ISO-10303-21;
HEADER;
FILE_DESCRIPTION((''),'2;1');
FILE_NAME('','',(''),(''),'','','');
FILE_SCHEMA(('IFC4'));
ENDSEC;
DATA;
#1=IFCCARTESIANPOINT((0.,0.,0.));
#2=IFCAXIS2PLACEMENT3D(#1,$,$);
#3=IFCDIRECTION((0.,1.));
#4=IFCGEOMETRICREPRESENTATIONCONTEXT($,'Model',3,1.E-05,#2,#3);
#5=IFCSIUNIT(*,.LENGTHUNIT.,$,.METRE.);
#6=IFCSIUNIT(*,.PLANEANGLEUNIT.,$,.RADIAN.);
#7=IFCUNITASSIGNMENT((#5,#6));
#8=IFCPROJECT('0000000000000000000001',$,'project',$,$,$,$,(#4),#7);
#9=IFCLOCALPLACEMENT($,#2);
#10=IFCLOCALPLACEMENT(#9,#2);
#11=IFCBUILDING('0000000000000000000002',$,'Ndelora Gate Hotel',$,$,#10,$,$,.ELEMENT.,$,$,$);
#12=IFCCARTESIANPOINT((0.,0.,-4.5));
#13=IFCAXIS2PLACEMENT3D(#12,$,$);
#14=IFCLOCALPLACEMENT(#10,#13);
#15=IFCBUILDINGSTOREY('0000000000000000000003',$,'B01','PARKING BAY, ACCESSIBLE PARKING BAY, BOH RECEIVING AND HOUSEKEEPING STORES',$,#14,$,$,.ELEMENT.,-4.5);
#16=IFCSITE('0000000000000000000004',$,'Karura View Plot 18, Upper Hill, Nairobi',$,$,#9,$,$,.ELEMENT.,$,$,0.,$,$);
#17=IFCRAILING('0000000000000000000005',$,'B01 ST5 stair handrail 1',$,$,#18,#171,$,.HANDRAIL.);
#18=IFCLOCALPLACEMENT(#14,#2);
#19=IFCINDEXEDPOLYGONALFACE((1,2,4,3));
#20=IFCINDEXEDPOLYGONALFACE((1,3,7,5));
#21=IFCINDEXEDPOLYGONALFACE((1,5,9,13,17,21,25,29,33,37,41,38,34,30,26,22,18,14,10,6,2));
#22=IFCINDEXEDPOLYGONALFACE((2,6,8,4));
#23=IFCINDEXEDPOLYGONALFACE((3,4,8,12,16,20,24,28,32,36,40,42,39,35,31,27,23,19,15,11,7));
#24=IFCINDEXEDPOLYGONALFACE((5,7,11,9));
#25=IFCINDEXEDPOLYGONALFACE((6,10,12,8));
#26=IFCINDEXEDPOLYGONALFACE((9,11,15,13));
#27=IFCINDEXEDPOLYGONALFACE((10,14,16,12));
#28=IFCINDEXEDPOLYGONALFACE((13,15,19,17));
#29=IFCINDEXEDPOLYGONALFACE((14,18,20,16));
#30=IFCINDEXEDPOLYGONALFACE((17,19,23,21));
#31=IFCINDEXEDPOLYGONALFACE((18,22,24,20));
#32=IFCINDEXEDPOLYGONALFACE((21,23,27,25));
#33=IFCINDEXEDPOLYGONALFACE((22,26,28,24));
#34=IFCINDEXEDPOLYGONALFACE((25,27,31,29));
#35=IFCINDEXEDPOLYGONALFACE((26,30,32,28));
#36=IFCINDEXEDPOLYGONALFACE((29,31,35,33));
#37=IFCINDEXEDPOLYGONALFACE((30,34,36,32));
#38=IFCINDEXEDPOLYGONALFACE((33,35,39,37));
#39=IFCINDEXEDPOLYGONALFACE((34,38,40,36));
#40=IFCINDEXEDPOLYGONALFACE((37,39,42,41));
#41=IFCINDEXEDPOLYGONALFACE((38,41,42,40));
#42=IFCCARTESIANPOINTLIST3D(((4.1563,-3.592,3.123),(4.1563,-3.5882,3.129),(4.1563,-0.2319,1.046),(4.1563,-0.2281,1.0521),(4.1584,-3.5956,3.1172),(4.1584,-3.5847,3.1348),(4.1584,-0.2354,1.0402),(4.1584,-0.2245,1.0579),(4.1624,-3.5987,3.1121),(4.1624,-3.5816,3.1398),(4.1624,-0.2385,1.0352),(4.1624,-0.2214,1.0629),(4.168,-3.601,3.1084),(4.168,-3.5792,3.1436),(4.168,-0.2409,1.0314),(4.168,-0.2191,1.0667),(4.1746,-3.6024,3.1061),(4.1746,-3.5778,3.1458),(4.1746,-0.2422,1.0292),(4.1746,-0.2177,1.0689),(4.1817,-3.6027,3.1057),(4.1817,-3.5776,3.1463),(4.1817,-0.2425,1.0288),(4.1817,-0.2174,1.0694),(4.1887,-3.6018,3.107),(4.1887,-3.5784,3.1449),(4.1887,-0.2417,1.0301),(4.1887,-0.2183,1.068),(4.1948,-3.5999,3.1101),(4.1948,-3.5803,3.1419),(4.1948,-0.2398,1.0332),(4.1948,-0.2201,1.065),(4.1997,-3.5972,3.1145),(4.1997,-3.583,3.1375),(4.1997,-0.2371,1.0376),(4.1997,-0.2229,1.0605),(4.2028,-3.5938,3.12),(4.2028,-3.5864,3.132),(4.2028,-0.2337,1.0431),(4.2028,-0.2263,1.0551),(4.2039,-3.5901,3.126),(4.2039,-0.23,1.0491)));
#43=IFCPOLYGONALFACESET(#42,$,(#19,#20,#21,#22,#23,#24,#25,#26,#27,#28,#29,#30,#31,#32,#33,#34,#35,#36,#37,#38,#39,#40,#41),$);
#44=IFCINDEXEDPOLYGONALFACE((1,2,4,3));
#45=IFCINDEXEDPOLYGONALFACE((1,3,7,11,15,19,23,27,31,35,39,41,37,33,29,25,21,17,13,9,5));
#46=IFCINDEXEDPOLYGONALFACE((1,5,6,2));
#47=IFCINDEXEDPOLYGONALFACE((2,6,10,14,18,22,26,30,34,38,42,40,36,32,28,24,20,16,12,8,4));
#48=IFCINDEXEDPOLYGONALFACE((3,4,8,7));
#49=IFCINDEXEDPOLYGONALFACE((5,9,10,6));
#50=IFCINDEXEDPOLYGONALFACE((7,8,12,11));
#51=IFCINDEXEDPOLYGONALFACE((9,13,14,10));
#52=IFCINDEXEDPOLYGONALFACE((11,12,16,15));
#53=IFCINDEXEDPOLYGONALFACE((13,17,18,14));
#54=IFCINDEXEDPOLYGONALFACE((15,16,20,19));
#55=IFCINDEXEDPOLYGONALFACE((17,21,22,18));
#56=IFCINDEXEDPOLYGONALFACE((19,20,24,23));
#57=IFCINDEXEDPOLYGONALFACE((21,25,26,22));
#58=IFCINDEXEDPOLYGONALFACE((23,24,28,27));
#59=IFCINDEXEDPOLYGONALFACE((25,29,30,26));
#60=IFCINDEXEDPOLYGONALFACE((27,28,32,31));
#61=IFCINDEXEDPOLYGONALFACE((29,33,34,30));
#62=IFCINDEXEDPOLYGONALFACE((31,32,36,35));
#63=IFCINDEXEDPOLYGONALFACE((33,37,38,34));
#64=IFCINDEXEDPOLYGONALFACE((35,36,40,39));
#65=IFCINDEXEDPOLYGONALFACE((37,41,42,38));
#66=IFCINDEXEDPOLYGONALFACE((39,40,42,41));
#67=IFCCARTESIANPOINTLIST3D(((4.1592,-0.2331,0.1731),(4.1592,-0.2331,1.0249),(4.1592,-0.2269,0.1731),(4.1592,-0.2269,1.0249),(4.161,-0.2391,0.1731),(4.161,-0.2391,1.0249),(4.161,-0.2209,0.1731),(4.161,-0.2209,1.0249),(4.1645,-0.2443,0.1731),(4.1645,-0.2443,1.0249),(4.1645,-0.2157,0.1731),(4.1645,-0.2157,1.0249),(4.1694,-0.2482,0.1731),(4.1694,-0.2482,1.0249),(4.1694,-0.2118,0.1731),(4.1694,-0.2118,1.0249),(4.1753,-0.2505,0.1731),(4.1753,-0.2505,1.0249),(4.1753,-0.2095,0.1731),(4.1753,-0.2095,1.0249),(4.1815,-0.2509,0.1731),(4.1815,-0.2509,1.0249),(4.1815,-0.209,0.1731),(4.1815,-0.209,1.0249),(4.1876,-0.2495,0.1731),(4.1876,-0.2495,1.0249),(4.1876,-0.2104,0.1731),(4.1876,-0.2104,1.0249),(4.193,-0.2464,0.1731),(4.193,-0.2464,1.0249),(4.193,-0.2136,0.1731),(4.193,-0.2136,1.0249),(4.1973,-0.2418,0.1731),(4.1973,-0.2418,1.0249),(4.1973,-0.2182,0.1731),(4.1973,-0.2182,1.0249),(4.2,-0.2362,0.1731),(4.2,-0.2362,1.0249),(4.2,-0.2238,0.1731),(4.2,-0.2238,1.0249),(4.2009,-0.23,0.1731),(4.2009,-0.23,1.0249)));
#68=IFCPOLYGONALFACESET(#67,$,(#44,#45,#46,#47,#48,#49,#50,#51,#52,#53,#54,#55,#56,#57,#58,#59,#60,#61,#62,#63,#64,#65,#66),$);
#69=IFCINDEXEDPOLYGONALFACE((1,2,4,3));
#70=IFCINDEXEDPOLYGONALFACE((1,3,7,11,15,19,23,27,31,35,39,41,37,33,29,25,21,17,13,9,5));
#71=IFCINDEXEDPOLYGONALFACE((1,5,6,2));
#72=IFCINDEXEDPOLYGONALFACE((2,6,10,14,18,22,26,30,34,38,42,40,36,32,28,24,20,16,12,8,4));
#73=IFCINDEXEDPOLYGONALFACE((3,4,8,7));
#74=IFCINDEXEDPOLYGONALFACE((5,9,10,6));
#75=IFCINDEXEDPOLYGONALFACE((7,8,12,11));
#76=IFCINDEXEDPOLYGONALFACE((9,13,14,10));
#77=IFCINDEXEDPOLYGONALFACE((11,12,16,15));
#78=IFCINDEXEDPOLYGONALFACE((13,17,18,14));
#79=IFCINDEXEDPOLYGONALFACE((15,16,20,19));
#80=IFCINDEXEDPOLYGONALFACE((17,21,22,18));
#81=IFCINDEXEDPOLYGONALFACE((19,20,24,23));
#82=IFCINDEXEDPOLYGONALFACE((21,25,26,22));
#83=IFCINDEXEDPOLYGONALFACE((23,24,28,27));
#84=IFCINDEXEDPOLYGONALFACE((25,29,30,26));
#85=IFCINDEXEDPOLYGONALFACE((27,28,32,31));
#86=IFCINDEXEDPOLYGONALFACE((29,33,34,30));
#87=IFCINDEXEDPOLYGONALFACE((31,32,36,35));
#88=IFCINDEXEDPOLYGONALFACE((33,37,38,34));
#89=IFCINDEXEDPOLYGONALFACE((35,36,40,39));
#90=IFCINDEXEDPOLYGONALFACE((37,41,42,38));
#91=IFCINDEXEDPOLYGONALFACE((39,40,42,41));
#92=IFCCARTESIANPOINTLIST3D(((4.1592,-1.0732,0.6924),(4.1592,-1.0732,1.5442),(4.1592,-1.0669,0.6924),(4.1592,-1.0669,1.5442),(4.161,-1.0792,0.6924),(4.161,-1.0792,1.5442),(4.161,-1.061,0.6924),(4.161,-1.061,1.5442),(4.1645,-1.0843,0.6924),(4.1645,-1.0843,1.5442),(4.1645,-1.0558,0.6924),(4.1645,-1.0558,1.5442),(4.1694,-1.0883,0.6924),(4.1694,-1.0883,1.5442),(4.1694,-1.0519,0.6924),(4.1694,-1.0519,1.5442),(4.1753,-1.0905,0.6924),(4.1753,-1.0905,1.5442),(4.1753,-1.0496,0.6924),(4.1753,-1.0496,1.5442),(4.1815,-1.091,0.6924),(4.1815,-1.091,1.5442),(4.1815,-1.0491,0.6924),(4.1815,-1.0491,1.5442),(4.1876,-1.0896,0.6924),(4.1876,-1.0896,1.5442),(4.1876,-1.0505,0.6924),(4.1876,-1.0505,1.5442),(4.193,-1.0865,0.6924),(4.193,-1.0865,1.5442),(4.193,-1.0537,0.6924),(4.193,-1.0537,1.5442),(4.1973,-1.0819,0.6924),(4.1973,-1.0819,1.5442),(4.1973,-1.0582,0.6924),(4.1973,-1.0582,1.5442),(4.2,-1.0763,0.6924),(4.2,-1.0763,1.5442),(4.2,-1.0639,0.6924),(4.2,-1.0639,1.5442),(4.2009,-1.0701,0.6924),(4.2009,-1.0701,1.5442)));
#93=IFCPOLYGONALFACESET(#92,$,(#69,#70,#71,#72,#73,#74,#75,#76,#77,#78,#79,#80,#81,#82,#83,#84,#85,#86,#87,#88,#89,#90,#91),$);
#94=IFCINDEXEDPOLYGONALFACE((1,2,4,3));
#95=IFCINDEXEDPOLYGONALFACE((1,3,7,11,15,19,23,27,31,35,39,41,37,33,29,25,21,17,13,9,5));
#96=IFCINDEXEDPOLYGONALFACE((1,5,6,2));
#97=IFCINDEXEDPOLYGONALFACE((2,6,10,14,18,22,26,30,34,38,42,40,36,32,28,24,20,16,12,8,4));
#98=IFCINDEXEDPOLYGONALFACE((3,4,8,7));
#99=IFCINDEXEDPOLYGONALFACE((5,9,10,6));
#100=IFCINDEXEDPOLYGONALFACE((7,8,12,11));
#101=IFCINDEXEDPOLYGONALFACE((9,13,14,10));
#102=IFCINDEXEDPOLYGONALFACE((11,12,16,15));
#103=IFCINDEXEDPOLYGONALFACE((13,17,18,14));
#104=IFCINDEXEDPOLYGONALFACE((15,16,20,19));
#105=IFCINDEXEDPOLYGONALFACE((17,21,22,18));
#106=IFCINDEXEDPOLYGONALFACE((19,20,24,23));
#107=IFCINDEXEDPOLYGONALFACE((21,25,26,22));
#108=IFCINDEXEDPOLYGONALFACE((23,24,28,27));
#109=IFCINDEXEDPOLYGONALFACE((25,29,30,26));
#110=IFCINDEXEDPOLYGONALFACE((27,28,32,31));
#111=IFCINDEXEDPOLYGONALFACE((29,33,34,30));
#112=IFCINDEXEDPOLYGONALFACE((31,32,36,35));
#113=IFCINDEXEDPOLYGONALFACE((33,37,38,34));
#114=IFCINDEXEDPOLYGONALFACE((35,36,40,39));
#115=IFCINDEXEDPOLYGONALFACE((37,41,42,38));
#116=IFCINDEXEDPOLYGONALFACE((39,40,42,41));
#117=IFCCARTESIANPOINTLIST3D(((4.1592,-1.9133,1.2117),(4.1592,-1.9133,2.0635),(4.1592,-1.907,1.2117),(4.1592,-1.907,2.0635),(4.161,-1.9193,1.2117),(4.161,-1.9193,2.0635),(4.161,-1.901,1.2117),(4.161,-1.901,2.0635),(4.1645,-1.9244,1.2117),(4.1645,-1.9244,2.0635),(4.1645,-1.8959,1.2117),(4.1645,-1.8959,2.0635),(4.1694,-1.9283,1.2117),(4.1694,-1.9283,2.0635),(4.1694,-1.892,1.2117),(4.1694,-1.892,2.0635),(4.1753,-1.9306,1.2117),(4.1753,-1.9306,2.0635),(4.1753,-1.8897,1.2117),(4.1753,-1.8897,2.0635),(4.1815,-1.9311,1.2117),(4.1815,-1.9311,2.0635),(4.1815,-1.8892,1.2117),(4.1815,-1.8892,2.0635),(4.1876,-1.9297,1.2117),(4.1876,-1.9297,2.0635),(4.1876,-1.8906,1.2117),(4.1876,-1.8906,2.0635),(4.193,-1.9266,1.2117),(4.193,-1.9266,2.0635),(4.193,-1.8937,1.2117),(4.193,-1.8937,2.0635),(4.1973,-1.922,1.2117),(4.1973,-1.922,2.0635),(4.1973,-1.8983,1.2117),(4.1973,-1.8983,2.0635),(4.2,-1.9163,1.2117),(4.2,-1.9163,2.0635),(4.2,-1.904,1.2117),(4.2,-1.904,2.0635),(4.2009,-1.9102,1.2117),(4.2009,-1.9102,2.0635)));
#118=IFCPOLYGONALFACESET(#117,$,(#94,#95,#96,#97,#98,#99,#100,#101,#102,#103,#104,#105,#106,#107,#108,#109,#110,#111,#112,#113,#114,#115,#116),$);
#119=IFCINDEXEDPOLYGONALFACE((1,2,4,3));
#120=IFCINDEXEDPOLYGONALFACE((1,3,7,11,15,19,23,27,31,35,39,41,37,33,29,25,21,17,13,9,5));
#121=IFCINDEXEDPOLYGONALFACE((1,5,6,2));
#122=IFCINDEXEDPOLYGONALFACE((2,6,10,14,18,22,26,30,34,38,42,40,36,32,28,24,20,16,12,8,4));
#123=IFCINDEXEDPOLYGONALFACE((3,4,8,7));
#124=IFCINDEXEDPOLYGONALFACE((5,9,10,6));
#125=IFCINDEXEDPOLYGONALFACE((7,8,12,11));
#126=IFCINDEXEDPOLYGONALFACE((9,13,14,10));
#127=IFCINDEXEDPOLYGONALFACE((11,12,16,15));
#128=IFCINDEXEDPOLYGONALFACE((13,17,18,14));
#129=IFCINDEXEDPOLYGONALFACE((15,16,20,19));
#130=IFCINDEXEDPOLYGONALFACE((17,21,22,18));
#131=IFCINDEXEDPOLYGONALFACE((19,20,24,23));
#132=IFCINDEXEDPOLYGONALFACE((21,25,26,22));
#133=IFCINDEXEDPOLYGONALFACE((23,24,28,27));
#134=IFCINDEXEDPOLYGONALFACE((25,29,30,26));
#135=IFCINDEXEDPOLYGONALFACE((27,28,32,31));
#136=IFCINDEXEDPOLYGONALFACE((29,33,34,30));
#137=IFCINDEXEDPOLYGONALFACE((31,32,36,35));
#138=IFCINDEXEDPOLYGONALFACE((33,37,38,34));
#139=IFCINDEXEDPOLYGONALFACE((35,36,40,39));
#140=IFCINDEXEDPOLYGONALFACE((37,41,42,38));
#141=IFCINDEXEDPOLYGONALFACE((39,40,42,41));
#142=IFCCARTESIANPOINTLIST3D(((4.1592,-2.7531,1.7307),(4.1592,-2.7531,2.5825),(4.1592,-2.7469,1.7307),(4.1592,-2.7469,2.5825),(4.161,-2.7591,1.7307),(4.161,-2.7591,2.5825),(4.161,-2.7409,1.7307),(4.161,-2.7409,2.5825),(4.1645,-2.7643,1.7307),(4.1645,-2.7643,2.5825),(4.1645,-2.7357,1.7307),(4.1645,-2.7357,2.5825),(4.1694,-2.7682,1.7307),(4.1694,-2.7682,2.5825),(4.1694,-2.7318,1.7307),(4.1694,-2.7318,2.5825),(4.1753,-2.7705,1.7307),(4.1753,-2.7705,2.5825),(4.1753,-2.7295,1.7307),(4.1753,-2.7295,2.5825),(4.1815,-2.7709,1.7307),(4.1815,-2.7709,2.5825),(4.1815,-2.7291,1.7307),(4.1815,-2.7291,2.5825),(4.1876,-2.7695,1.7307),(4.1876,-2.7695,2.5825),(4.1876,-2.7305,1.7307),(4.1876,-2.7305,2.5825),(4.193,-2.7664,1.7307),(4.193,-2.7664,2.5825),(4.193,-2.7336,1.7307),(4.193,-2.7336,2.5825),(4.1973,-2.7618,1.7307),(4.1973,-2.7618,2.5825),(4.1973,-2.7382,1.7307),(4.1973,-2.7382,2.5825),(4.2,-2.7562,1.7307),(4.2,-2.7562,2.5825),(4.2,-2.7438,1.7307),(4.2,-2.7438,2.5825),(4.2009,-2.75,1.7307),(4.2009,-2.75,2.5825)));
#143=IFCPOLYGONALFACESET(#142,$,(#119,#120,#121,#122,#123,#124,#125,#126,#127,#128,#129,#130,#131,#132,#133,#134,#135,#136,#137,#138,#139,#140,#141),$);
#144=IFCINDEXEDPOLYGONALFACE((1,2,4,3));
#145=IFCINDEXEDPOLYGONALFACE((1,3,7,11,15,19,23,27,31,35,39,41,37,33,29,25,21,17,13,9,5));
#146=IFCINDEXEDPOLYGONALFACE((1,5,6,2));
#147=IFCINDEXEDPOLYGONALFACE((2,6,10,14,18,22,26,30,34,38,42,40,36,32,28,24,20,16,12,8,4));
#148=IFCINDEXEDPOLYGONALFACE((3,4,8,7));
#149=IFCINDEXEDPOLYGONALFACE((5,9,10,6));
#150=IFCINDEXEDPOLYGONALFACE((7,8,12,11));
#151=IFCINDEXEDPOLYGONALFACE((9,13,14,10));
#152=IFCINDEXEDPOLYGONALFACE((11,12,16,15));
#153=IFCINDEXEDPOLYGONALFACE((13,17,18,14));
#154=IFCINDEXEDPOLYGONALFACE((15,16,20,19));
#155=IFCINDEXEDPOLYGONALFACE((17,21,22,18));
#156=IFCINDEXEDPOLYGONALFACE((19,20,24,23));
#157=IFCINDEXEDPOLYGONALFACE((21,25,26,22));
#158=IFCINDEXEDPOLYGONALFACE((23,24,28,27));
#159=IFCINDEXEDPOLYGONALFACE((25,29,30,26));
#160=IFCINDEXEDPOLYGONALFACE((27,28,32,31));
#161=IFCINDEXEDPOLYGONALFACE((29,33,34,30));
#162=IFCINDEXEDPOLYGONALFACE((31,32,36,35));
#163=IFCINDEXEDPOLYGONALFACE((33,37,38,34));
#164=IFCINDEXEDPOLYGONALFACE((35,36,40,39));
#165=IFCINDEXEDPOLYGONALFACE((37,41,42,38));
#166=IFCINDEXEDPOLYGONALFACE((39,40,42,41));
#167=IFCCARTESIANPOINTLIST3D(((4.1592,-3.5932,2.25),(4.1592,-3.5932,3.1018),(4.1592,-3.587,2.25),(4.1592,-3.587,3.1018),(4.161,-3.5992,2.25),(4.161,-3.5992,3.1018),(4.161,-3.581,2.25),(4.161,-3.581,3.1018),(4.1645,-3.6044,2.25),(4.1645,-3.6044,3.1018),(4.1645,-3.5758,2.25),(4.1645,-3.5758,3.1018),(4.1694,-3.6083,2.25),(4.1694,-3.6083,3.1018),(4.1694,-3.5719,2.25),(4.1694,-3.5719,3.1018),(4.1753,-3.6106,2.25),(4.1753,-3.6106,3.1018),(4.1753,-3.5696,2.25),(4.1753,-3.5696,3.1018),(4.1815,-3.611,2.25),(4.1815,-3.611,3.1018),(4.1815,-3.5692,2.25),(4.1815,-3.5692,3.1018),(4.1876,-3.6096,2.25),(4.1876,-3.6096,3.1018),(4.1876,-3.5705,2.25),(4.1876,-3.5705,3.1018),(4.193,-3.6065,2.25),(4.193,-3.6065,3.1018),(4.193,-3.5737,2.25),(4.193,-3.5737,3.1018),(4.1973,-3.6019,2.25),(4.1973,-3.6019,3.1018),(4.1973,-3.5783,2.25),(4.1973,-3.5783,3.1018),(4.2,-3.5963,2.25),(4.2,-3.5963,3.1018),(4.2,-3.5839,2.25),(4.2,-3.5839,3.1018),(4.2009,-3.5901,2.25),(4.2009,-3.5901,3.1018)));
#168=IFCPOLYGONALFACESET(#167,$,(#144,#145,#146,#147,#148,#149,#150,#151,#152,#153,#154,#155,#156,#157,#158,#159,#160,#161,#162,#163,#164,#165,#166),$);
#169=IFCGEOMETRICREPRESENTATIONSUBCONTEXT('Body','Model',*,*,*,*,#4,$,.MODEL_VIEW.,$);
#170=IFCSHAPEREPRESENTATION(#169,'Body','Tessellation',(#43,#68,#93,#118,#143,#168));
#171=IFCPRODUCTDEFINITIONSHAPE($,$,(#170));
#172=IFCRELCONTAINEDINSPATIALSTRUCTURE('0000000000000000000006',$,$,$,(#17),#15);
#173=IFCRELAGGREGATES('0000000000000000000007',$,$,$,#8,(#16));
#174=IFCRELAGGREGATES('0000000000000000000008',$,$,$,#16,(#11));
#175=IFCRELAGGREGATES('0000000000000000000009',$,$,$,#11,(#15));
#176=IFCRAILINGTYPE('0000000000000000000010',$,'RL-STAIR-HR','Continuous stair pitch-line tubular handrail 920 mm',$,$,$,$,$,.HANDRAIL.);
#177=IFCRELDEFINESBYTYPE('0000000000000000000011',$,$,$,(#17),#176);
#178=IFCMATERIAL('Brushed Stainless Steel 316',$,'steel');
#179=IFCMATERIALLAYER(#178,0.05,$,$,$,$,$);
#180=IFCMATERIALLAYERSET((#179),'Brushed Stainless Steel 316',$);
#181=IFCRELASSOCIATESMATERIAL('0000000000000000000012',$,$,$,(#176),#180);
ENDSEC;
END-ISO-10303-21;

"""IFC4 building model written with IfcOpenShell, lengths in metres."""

from ifc_helpers import new_model, si_unit, direction, frame, origin, origin_2d, place, context, subcontext, project, spatial, circle, extrude, material, layer, layer_set, type_object, element, save


model = new_model("IFC4")

# Units and contexts
model_context = context("Model", 3, precision=1e-05, world=origin(), true_north=direction((0.0, 1.0)))
body_context = subcontext(model_context, "Body", "Model", "MODEL_VIEW")
ifc_project = project(units=[si_unit("LENGTHUNIT", "METRE"), si_unit("PLANEANGLEUNIT", "RADIAN")], contexts=[model_context])

# Site, building, storey
site_placement = place(None, origin())
site = spatial("IfcSite", under=ifc_project, at=site_placement, Name="Karura View Plot 18, Upper Hill, Nairobi", CompositionType="ELEMENT", RefElevation=0.0)
building_placement = place(site_placement, origin())
building = spatial("IfcBuilding", under=site, at=building_placement, Name="Ndelora Gate Hotel", CompositionType="ELEMENT")
storey_placement = place(building_placement, frame((0.0, 0.0, -4.5)))
storey = spatial("IfcBuildingStorey", under=building, at=storey_placement, Name="B01", Description="PARKING BAY, ACCESSIBLE PARKING BAY, BOH RECEIVING AND HOUSEKEEPING STORES", CompositionType="ELEMENT", Elevation=-4.5)

# Railing
ifc_material_1 = material(Name="Brushed Stainless Steel 316", Category="steel")
ifc_layer_1 = layer(ifc_material_1, 0.05)
ifc_layer_set_1 = layer_set([ifc_layer_1], Name="Brushed Stainless Steel 316")
railing_type_1 = type_object("IfcRailingType", Name="RL-STAIR-HR", Description="Continuous stair pitch-line tubular handrail 920 mm", PredefinedType="HANDRAIL", material=ifc_layer_set_1)
railing_1_placement = place(storey_placement, frame((4.1799, -0.23, 0.1731)))
element("IfcRailing", 1, at=railing_1_placement, inside=storey, type_object=railing_type_1, Name="B01 ST5 stair handrail 1", PredefinedType="HANDRAIL", context=body_context, shape_type="SweptSolid", body=[
    extrude(circle(Radius=0.0239, at=origin_2d()), frame((0.0, 0.0, 0.876), z_axis=(0.0, -0.850623, 0.525776), x_axis=(1.0, 0.0, 0.0)), (0.0, 0.0, 1.0), 3.9502),
    extrude(circle(Radius=0.021, at=origin_2d()), origin(), (0.0, 0.0, 1.0), 0.8518),
    extrude(circle(Radius=0.021, at=origin_2d()), frame((0.0, -0.8401, 0.5193)), (0.0, 0.0, 1.0), 0.8518),
    extrude(circle(Radius=0.021, at=origin_2d()), frame((0.0, -1.6802, 1.0386)), (0.0, 0.0, 1.0), 0.8518),
    extrude(circle(Radius=0.021, at=origin_2d()), frame((0.0, -2.52, 1.5576)), (0.0, 0.0, 1.0), 0.8518),
    extrude(circle(Radius=0.021, at=origin_2d()), frame((0.0, -3.3601, 2.0769)), (0.0, 0.0, 1.0), 0.8518),
])

save(model, "model.ifc")
